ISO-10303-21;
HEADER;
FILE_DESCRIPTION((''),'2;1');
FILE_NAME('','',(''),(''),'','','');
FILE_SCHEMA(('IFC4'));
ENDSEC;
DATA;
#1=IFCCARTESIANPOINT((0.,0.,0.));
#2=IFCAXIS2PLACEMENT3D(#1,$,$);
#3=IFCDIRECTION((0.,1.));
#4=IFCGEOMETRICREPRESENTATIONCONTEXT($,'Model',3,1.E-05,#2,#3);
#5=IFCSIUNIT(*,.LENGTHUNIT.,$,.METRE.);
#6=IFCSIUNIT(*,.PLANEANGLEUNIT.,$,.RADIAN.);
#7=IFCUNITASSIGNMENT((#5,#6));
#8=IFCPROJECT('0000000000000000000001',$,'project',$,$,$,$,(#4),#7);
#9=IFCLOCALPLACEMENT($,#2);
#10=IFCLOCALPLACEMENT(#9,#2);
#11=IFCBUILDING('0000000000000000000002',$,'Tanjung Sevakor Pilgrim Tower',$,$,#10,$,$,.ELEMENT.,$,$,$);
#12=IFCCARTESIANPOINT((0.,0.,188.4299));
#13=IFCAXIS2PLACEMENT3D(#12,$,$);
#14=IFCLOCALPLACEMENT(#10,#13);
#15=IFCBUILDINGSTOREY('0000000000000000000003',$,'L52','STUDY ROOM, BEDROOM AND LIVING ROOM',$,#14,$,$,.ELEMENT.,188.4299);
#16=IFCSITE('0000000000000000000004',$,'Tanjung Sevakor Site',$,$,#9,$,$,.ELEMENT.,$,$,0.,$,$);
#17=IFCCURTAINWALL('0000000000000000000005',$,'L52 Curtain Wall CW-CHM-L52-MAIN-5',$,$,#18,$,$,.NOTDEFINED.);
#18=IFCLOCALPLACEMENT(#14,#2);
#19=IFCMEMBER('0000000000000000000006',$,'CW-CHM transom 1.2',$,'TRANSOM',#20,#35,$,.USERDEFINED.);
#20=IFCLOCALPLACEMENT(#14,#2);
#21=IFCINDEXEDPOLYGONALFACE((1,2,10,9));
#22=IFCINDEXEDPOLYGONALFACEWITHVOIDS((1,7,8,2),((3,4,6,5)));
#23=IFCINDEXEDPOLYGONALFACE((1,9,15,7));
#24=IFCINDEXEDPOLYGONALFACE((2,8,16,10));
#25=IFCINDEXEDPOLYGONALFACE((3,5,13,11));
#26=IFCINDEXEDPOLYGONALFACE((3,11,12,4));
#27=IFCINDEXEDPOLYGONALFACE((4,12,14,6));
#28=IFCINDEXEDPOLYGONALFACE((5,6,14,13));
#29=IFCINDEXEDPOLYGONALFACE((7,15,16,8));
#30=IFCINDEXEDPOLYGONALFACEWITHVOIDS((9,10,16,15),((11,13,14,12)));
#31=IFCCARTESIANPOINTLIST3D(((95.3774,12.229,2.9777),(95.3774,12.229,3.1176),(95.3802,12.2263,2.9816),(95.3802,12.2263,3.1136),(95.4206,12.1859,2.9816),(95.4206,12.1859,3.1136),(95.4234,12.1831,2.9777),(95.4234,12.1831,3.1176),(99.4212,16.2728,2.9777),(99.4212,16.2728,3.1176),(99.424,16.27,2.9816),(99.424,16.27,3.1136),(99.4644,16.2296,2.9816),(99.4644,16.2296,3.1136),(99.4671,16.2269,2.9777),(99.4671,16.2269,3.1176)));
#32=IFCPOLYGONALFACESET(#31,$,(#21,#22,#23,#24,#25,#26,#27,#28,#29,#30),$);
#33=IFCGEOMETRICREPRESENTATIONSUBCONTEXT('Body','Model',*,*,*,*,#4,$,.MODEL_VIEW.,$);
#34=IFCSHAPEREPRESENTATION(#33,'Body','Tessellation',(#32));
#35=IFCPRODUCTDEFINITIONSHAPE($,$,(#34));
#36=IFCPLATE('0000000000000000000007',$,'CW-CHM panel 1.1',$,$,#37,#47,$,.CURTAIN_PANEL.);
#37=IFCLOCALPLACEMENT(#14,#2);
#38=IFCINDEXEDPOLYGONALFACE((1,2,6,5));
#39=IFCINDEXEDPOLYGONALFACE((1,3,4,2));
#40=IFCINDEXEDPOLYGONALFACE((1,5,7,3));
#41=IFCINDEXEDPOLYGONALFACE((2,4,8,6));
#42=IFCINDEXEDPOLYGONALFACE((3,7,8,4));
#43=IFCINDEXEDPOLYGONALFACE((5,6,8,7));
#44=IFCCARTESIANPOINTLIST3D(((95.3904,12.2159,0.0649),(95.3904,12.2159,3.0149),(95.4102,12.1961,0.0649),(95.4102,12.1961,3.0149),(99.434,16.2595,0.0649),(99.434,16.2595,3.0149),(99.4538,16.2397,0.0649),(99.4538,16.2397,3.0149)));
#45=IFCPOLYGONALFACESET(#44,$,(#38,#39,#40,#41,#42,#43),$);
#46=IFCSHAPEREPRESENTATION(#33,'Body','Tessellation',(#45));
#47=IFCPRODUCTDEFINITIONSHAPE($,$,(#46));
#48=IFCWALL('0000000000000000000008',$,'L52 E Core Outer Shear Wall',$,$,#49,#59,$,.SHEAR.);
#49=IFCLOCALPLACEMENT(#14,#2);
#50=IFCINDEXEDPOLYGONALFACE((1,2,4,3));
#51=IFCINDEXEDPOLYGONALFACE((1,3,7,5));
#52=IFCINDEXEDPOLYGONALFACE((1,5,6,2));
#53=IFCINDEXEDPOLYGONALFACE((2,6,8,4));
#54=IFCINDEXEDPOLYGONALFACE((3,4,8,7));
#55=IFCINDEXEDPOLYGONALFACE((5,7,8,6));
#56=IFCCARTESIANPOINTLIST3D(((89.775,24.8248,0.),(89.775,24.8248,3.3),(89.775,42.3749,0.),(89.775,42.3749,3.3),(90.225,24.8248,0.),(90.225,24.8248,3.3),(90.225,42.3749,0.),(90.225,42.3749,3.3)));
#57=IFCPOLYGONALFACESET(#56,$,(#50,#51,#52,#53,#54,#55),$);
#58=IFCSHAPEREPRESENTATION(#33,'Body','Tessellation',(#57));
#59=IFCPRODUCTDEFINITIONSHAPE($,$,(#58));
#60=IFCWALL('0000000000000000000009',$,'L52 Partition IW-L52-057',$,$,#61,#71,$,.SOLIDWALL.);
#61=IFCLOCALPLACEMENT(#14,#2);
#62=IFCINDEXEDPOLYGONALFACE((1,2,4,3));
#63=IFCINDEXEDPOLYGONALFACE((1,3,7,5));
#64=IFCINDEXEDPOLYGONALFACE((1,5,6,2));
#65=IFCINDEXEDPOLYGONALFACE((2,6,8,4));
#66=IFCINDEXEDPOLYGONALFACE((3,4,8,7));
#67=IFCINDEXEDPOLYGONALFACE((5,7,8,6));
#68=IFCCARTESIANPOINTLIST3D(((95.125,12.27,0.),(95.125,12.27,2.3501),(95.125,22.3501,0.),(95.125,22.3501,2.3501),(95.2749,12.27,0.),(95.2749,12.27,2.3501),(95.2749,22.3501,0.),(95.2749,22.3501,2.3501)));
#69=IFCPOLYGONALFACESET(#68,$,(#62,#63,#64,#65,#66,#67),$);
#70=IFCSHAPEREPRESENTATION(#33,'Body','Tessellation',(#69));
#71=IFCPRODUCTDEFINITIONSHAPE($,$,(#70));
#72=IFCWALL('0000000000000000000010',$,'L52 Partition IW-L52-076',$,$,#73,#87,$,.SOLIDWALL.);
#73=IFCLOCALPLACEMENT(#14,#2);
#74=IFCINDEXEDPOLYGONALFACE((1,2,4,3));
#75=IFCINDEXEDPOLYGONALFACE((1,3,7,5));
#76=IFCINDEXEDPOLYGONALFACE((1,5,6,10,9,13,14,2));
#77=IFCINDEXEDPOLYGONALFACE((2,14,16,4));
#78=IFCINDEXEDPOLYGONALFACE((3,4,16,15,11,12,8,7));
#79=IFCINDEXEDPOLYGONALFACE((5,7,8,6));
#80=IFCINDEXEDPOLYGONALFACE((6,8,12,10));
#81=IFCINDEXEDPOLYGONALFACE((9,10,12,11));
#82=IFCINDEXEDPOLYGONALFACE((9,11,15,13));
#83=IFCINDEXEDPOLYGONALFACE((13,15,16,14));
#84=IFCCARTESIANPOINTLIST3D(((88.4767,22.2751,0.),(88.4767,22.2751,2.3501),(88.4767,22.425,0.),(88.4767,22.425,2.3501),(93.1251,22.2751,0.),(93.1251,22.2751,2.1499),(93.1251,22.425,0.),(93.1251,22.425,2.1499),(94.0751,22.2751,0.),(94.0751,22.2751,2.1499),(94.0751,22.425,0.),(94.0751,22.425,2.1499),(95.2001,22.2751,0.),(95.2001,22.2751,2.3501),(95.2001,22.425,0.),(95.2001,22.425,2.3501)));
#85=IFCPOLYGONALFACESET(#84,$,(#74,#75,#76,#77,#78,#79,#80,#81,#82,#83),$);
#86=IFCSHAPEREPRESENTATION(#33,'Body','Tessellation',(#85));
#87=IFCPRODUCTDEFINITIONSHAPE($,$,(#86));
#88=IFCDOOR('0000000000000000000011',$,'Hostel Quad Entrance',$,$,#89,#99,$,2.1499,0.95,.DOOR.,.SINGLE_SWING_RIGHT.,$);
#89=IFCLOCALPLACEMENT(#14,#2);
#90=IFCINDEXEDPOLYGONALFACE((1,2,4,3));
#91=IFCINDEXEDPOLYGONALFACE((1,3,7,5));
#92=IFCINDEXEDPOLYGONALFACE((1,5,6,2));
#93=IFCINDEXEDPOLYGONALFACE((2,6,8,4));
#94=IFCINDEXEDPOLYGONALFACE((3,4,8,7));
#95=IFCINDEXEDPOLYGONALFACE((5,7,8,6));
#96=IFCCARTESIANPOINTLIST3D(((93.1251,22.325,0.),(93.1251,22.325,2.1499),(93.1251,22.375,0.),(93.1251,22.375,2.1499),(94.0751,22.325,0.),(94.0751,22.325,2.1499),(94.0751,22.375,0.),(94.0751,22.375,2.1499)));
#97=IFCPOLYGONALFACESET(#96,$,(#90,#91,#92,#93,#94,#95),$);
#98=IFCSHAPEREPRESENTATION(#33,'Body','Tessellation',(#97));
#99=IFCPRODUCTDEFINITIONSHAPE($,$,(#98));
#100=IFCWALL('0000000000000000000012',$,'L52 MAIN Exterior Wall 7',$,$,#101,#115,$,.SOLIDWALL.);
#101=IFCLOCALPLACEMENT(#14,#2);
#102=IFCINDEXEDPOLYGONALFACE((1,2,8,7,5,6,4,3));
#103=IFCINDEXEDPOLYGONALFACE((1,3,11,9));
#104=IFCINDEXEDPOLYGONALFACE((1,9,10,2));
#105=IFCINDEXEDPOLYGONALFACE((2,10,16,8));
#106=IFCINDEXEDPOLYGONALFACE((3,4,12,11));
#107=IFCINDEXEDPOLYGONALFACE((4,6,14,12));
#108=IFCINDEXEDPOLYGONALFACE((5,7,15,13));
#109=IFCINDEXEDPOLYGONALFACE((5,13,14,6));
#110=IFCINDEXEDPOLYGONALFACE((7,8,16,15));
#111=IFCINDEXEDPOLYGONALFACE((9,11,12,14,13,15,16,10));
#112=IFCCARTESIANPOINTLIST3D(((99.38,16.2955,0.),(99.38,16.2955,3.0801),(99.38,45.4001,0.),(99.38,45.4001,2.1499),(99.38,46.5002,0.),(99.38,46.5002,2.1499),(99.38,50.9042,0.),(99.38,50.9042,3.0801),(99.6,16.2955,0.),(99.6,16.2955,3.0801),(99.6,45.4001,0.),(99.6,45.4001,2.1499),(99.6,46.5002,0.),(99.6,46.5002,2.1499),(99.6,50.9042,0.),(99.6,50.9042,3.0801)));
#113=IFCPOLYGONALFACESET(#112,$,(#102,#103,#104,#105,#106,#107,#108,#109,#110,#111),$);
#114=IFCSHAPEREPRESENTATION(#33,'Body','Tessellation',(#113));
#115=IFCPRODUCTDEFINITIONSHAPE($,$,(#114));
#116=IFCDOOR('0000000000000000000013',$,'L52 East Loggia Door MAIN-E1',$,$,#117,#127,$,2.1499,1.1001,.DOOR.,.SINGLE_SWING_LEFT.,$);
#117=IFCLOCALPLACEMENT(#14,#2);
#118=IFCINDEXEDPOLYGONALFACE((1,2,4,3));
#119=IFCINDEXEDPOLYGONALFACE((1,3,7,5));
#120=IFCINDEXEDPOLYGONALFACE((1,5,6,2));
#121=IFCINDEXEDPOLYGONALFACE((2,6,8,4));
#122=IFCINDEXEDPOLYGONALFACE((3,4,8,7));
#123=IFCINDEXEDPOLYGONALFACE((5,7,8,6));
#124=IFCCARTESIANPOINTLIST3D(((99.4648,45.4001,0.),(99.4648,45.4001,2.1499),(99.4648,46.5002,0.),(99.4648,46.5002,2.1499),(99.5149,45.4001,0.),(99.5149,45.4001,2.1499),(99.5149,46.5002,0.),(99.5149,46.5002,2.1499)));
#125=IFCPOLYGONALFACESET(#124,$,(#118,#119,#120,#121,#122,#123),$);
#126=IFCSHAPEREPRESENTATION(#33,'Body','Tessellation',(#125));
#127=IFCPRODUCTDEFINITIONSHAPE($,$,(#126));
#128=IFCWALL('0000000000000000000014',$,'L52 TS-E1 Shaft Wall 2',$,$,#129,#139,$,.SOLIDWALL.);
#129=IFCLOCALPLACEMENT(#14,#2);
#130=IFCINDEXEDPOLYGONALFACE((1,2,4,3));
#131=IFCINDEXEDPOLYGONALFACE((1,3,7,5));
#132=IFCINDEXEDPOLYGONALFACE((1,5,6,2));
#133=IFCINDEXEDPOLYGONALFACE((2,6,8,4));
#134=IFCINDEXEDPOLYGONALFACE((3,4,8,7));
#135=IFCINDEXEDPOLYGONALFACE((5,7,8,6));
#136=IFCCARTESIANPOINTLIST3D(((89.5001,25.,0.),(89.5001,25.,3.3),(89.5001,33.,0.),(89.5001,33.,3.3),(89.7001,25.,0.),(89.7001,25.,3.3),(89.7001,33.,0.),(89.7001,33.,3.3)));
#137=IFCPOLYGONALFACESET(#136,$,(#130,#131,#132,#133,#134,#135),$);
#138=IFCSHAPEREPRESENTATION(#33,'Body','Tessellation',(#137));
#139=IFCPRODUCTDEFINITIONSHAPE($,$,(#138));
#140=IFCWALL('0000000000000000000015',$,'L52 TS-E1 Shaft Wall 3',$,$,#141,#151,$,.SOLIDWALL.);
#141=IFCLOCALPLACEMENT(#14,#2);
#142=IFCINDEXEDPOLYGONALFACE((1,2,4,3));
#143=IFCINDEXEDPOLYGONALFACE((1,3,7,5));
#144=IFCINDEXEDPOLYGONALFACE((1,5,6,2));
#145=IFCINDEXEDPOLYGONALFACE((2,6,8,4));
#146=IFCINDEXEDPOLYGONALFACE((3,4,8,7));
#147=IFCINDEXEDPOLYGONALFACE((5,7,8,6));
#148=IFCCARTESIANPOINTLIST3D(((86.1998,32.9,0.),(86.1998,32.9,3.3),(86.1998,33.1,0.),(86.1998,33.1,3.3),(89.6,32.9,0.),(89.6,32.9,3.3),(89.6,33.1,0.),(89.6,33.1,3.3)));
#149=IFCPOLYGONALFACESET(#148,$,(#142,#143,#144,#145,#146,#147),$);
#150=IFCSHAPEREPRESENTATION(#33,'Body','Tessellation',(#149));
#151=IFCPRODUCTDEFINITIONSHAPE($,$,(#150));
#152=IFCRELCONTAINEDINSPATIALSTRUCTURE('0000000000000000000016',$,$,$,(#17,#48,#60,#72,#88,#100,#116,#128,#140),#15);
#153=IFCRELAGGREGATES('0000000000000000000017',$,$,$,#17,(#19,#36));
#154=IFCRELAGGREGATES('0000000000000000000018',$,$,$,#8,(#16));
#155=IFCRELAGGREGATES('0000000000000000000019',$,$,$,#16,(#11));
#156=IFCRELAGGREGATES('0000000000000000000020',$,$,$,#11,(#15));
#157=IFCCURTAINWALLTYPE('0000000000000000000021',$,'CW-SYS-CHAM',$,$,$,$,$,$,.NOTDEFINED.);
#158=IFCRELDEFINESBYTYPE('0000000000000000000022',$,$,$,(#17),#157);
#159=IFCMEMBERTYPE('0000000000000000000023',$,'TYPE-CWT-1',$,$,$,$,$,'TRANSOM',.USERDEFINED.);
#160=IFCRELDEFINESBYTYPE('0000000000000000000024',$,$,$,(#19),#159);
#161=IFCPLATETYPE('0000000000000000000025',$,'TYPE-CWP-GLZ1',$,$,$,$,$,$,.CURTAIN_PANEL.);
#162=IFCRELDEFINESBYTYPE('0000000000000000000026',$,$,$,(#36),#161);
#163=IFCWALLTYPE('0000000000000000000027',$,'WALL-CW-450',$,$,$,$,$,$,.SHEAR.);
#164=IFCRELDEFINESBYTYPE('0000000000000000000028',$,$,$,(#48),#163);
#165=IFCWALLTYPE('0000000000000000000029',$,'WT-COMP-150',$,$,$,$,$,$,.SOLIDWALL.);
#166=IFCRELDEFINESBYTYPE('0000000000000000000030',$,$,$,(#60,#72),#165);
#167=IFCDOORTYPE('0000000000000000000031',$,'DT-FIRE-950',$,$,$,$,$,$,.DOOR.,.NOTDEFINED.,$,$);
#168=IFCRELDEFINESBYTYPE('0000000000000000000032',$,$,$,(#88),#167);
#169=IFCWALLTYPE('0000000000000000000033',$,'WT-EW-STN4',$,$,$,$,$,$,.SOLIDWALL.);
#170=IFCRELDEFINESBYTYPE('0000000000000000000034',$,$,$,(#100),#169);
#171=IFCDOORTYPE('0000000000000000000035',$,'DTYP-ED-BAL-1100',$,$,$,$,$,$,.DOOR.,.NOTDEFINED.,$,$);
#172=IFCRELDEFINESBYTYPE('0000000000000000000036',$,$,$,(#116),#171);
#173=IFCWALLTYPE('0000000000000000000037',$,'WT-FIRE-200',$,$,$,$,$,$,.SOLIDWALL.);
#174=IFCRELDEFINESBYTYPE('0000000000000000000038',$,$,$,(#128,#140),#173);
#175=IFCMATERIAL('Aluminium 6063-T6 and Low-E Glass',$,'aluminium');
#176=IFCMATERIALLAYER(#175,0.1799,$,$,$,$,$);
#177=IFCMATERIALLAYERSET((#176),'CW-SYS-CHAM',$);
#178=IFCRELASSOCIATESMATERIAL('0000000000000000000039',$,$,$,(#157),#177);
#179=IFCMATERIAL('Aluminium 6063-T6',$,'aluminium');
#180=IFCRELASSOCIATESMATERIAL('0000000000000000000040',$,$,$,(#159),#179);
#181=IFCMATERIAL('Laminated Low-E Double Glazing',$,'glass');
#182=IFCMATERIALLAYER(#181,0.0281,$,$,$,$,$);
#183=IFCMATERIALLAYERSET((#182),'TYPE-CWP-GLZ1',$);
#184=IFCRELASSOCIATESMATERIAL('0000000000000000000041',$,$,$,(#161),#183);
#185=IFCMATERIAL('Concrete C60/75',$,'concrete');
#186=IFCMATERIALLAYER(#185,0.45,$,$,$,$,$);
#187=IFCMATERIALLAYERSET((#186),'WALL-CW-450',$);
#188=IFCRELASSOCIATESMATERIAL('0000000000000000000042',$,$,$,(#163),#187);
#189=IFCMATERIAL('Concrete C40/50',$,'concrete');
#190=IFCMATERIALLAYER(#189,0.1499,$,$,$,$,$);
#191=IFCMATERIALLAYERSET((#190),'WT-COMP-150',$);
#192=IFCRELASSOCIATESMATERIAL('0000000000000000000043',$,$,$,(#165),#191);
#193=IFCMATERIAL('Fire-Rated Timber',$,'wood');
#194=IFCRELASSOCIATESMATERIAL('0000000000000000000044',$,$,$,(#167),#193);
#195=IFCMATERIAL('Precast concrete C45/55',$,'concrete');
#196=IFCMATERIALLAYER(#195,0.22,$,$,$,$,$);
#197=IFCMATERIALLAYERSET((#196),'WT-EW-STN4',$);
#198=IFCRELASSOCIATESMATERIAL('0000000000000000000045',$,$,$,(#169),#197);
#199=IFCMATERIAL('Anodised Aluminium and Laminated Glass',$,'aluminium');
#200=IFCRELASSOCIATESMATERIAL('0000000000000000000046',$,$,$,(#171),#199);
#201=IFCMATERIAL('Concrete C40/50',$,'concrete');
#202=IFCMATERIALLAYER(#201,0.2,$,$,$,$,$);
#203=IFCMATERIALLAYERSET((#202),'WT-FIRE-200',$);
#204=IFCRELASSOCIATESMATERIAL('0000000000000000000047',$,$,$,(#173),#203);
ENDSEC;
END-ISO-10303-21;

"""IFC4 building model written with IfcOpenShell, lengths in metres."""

from ifc_helpers import new_model, si_unit, direction, frame, frame_2d, origin, origin_2d, place, context, subcontext, project, spatial, rectangle, hollow_rectangle, extrude, material, layer, layer_set, material_profile, profile_set, type_object, element, fill, aggregate, save


model = new_model("IFC4")

# Units and contexts
model_context = context("Model", 3, precision=1e-05, world=origin(), true_north=direction((0.0, 1.0)))
body_context = subcontext(model_context, "Body", "Model", "MODEL_VIEW")
ifc_project = project(units=[si_unit("LENGTHUNIT", "METRE"), si_unit("PLANEANGLEUNIT", "RADIAN")], contexts=[model_context])

# Site, building, storey
site_placement = place(None, origin())
site = spatial("IfcSite", under=ifc_project, at=site_placement, Name="Tanjung Sevakor Site", CompositionType="ELEMENT", RefElevation=0.0)
building_placement = place(site_placement, origin())
building = spatial("IfcBuilding", under=site, at=building_placement, Name="Tanjung Sevakor Pilgrim Tower", CompositionType="ELEMENT")
storey_placement = place(building_placement, frame((0.0, 0.0, 188.4299)))
storey = spatial("IfcBuildingStorey", under=building, at=storey_placement, Name="L52", Description="STUDY ROOM, BEDROOM AND LIVING ROOM", CompositionType="ELEMENT", Elevation=188.4299)

# Curtain wall, member, plate
ifc_material_1 = material(Name="Aluminium 6063-T6 and Low-E Glass", Category="aluminium")
ifc_layer_1 = layer(ifc_material_1, 0.1799)
ifc_layer_set_1 = layer_set([ifc_layer_1], Name="CW-SYS-CHAM")
curtain_wall_type = type_object("IfcCurtainWallType", Name="CW-SYS-CHAM", PredefinedType="NOTDEFINED", material=ifc_layer_set_1)
curtain_wall_placement = place(storey_placement, origin())
curtain_wall = element("IfcCurtainWall", 1, at=curtain_wall_placement, inside=storey, type_object=curtain_wall_type, Name="L52 Curtain Wall CW-CHM-L52-MAIN-5", PredefinedType="NOTDEFINED")
ifc_material_2 = material(Name="Aluminium 6063-T6", Category="aluminium")
ifc_material_profile_1 = material_profile(ifc_material_2, hollow_rectangle(XDim=0.0649, YDim=0.1399, WallThickness=0.0039, at=origin_2d()))
ifc_profile_set_1 = profile_set([ifc_material_profile_1], Name="Aluminium 6063-T6")
member_type_1 = type_object("IfcMemberType", Name="TYPE-CWT-1", ElementType="TRANSOM", PredefinedType="USERDEFINED", material=ifc_profile_set_1)
member_1_placement = place(storey_placement, frame((95.4004, 12.2061, 3.0476), z_axis=(0.707107, 0.707107, 0.0), x_axis=(-0.707107, 0.707107, 0.0)))
member_1 = element("IfcMember", 2, at=member_1_placement, type_object=member_type_1, Name="CW-CHM transom 1.2", ObjectType="TRANSOM", PredefinedType="USERDEFINED", context=body_context, shape_type="SweptSolid", body=[
    extrude(hollow_rectangle(XDim=0.0649, YDim=0.1399, WallThickness=0.0039, at=origin_2d()), origin(), (0.0, 0.0, 1.0), 5.7188),
])
ifc_material_3 = material(Name="Laminated Low-E Double Glazing", Category="glass")
ifc_layer_2 = layer(ifc_material_3, 0.0281)
ifc_layer_set_2 = layer_set([ifc_layer_2], Name="TYPE-CWP-GLZ1")
plate_type = type_object("IfcPlateType", Name="TYPE-CWP-GLZ1", PredefinedType="CURTAIN_PANEL", material=ifc_layer_set_2)
plate_placement = place(storey_placement, frame((97.4221, 14.2278, 0.0649), z_axis=(0.0, 0.0, 1.0), x_axis=(0.707107, 0.707107, 0.0)))
plate = element("IfcPlate", 3, at=plate_placement, type_object=plate_type, Name="CW-CHM panel 1.1", PredefinedType="CURTAIN_PANEL", context=body_context, shape_type="SweptSolid", body=[
    extrude(rectangle(XDim=5.7185, YDim=0.0281, at=origin_2d()), origin(), (0.0, 0.0, 1.0), 2.95),
])
aggregate(curtain_wall, [member_1, plate])

# Walls
ifc_material_4 = material(Name="Concrete C60/75", Category="concrete")
ifc_layer_3 = layer(ifc_material_4, 0.45)
ifc_layer_set_3 = layer_set([ifc_layer_3], Name="WALL-CW-450")
wall_type_1 = type_object("IfcWallType", Name="WALL-CW-450", PredefinedType="SHEAR", material=ifc_layer_set_3)
wall_1_placement = place(storey_placement, frame((90.0, 24.825, 0.0), z_axis=(0.0, 0.0, 1.0), x_axis=(0.0, 1.0, 0.0)))
element("IfcWall", 4, at=wall_1_placement, inside=storey, type_object=wall_type_1, Name="L52 E Core Outer Shear Wall", PredefinedType="SHEAR", context=body_context, shape_type="SweptSolid", body=[
    extrude(rectangle(XDim=17.55, YDim=0.45, at=frame_2d((8.7749, 0.0))), origin(), (0.0, 0.0, 1.0), 3.3),
])
ifc_material_5 = material(Name="Concrete C40/50", Category="concrete")
ifc_layer_4 = layer(ifc_material_5, 0.1499)
ifc_layer_set_4 = layer_set([ifc_layer_4], Name="WT-COMP-150")
wall_type_2 = type_object("IfcWallType", Name="WT-COMP-150", PredefinedType="SOLIDWALL", material=ifc_layer_set_4)
wall_2_placement = place(storey_placement, frame((95.2, 12.27, 0.0), z_axis=(0.0, 0.0, 1.0), x_axis=(0.0, 1.0, 0.0)))
element("IfcWall", 5, at=wall_2_placement, inside=storey, type_object=wall_type_2, Name="L52 Partition IW-L52-057", PredefinedType="SOLIDWALL", context=body_context, shape_type="SweptSolid", body=[
    extrude(rectangle(XDim=10.0801, YDim=0.1499, at=frame_2d((5.04, 0.0))), origin(), (0.0, 0.0, 1.0), 2.3501),
])

# Walls, openings, doors
wall_3_placement = place(storey_placement, frame((88.4766, 22.3501, 0.0), z_axis=(0.0, 0.0, 1.0), x_axis=(1.0, 0.0, 0.0)))
wall_3 = element("IfcWall", 6, at=wall_3_placement, inside=storey, type_object=wall_type_2, Name="L52 Partition IW-L52-076", PredefinedType="SOLIDWALL", context=body_context, shape_type="SweptSolid", body=[
    extrude(rectangle(XDim=6.7234, YDim=0.1499, at=frame_2d((3.3618, 0.0))), origin(), (0.0, 0.0, 1.0), 2.3501),
])
opening_1_placement = place(wall_3_placement, frame((4.6484, 0.0, 0.0)))
opening_1 = element("IfcOpeningElement", 7, at=opening_1_placement, cuts=wall_3, PredefinedType="OPENING", context=body_context, shape_type="SweptSolid", body=[
    extrude(rectangle(XDim=0.95, YDim=2.1499, at=frame_2d((0.4751, 1.075))), frame((0.0, 0.085, 0.0), z_axis=(0.0, -1.0, 0.0), x_axis=(1.0, 0.0, 0.0)), (0.0, 0.0, 1.0), 0.1699),
])
ifc_material_6 = material(Name="Fire-Rated Timber", Category="wood")
door_type_1 = type_object("IfcDoorType", Name="DT-FIRE-950", OperationType="NOTDEFINED", PredefinedType="DOOR", material=ifc_material_6)
door_1_placement = place(opening_1_placement, origin())
door_1 = element("IfcDoor", 8, at=door_1_placement, inside=storey, type_object=door_type_1, Name="Hostel Quad Entrance", OperationType="SINGLE_SWING_RIGHT", OverallHeight=2.1499, OverallWidth=0.95, PredefinedType="DOOR", context=body_context, shape_type="SweptSolid", body=[
    extrude(rectangle(XDim=0.95, YDim=2.1499, at=frame_2d((0.4751, 1.075))), frame((0.0, 0.0249, 0.0), z_axis=(0.0, -1.0, 0.0), x_axis=(1.0, 0.0, 0.0)), (0.0, 0.0, 1.0), 0.05),
])
fill(opening_1, door_1)
ifc_material_7 = material(Name="Precast concrete C45/55", Category="concrete")
ifc_layer_5 = layer(ifc_material_7, 0.22)
ifc_layer_set_5 = layer_set([ifc_layer_5], Name="WT-EW-STN4")
wall_type_3 = type_object("IfcWallType", Name="WT-EW-STN4", PredefinedType="SOLIDWALL", material=ifc_layer_set_5)
wall_4_placement = place(storey_placement, frame((99.49, 16.2957, 0.0), z_axis=(0.0, 0.0, 1.0), x_axis=(0.0, 1.0, 0.0)))
wall_4 = element("IfcWall", 9, at=wall_4_placement, inside=storey, type_object=wall_type_3, Name="L52 MAIN Exterior Wall 7", PredefinedType="SOLIDWALL", context=body_context, shape_type="SweptSolid", body=[
    extrude(rectangle(XDim=34.6086, YDim=0.22, at=frame_2d((17.3042, 0.0))), origin(), (0.0, 0.0, 1.0), 3.0801),
])
opening_2_placement = place(wall_4_placement, frame((29.1045, 0.0, 0.0)))
opening_2 = element("IfcOpeningElement", 10, at=opening_2_placement, cuts=wall_4, PredefinedType="OPENING", context=body_context, shape_type="SweptSolid", body=[
    extrude(rectangle(XDim=1.1001, YDim=2.1499, at=frame_2d((0.55, 1.075))), frame((0.0, 0.1199, 0.0), z_axis=(0.0, -1.0, 0.0), x_axis=(1.0, 0.0, 0.0)), (0.0, 0.0, 1.0), 0.24),
])
ifc_material_8 = material(Name="Anodised Aluminium and Laminated Glass", Category="aluminium")
door_type_2 = type_object("IfcDoorType", Name="DTYP-ED-BAL-1100", OperationType="NOTDEFINED", PredefinedType="DOOR", material=ifc_material_8)
door_2_placement = place(opening_2_placement, frame((1.1001, 0.0, 0.0), z_axis=(0.0, 0.0, 1.0), x_axis=(-1.0, 0.0, 0.0)))
door_2 = element("IfcDoor", 11, at=door_2_placement, inside=storey, type_object=door_type_2, Name="L52 East Loggia Door MAIN-E1", OperationType="SINGLE_SWING_LEFT", OverallHeight=2.1499, OverallWidth=1.1001, PredefinedType="DOOR", context=body_context, shape_type="SweptSolid", body=[
    extrude(rectangle(XDim=1.1001, YDim=2.1499, at=frame_2d((0.55, 1.075))), frame((0.0, 0.0249, 0.0), z_axis=(0.0, -1.0, 0.0), x_axis=(1.0, 0.0, 0.0)), (0.0, 0.0, 1.0), 0.05),
])
fill(opening_2, door_2)

# Walls
ifc_material_9 = material(Name="Concrete C40/50", Category="concrete")
ifc_layer_6 = layer(ifc_material_9, 0.2)
ifc_layer_set_6 = layer_set([ifc_layer_6], Name="WT-FIRE-200")
wall_type_4 = type_object("IfcWallType", Name="WT-FIRE-200", PredefinedType="SOLIDWALL", material=ifc_layer_set_6)
wall_5_placement = place(storey_placement, frame((89.6001, 25.0, 0.0), z_axis=(0.0, 0.0, 1.0), x_axis=(0.0, 1.0, 0.0)))
element("IfcWall", 12, at=wall_5_placement, inside=storey, type_object=wall_type_4, Name="L52 TS-E1 Shaft Wall 2", PredefinedType="SOLIDWALL", context=body_context, shape_type="SweptSolid", body=[
    extrude(rectangle(XDim=8.0, YDim=0.2, at=frame_2d((4.0, 0.0))), origin(), (0.0, 0.0, 1.0), 3.3),
])
wall_6_placement = place(storey_placement, frame((89.6001, 33.0, 0.0), z_axis=(0.0, 0.0, 1.0), x_axis=(-1.0, 0.0, 0.0)))
element("IfcWall", 13, at=wall_6_placement, inside=storey, type_object=wall_type_4, Name="L52 TS-E1 Shaft Wall 3", PredefinedType="SOLIDWALL", context=body_context, shape_type="SweptSolid", body=[
    extrude(rectangle(XDim=3.4001, YDim=0.2, at=frame_2d((1.7002, 0.0))), origin(), (0.0, 0.0, 1.0), 3.3),
])

save(model, "model.ifc")
